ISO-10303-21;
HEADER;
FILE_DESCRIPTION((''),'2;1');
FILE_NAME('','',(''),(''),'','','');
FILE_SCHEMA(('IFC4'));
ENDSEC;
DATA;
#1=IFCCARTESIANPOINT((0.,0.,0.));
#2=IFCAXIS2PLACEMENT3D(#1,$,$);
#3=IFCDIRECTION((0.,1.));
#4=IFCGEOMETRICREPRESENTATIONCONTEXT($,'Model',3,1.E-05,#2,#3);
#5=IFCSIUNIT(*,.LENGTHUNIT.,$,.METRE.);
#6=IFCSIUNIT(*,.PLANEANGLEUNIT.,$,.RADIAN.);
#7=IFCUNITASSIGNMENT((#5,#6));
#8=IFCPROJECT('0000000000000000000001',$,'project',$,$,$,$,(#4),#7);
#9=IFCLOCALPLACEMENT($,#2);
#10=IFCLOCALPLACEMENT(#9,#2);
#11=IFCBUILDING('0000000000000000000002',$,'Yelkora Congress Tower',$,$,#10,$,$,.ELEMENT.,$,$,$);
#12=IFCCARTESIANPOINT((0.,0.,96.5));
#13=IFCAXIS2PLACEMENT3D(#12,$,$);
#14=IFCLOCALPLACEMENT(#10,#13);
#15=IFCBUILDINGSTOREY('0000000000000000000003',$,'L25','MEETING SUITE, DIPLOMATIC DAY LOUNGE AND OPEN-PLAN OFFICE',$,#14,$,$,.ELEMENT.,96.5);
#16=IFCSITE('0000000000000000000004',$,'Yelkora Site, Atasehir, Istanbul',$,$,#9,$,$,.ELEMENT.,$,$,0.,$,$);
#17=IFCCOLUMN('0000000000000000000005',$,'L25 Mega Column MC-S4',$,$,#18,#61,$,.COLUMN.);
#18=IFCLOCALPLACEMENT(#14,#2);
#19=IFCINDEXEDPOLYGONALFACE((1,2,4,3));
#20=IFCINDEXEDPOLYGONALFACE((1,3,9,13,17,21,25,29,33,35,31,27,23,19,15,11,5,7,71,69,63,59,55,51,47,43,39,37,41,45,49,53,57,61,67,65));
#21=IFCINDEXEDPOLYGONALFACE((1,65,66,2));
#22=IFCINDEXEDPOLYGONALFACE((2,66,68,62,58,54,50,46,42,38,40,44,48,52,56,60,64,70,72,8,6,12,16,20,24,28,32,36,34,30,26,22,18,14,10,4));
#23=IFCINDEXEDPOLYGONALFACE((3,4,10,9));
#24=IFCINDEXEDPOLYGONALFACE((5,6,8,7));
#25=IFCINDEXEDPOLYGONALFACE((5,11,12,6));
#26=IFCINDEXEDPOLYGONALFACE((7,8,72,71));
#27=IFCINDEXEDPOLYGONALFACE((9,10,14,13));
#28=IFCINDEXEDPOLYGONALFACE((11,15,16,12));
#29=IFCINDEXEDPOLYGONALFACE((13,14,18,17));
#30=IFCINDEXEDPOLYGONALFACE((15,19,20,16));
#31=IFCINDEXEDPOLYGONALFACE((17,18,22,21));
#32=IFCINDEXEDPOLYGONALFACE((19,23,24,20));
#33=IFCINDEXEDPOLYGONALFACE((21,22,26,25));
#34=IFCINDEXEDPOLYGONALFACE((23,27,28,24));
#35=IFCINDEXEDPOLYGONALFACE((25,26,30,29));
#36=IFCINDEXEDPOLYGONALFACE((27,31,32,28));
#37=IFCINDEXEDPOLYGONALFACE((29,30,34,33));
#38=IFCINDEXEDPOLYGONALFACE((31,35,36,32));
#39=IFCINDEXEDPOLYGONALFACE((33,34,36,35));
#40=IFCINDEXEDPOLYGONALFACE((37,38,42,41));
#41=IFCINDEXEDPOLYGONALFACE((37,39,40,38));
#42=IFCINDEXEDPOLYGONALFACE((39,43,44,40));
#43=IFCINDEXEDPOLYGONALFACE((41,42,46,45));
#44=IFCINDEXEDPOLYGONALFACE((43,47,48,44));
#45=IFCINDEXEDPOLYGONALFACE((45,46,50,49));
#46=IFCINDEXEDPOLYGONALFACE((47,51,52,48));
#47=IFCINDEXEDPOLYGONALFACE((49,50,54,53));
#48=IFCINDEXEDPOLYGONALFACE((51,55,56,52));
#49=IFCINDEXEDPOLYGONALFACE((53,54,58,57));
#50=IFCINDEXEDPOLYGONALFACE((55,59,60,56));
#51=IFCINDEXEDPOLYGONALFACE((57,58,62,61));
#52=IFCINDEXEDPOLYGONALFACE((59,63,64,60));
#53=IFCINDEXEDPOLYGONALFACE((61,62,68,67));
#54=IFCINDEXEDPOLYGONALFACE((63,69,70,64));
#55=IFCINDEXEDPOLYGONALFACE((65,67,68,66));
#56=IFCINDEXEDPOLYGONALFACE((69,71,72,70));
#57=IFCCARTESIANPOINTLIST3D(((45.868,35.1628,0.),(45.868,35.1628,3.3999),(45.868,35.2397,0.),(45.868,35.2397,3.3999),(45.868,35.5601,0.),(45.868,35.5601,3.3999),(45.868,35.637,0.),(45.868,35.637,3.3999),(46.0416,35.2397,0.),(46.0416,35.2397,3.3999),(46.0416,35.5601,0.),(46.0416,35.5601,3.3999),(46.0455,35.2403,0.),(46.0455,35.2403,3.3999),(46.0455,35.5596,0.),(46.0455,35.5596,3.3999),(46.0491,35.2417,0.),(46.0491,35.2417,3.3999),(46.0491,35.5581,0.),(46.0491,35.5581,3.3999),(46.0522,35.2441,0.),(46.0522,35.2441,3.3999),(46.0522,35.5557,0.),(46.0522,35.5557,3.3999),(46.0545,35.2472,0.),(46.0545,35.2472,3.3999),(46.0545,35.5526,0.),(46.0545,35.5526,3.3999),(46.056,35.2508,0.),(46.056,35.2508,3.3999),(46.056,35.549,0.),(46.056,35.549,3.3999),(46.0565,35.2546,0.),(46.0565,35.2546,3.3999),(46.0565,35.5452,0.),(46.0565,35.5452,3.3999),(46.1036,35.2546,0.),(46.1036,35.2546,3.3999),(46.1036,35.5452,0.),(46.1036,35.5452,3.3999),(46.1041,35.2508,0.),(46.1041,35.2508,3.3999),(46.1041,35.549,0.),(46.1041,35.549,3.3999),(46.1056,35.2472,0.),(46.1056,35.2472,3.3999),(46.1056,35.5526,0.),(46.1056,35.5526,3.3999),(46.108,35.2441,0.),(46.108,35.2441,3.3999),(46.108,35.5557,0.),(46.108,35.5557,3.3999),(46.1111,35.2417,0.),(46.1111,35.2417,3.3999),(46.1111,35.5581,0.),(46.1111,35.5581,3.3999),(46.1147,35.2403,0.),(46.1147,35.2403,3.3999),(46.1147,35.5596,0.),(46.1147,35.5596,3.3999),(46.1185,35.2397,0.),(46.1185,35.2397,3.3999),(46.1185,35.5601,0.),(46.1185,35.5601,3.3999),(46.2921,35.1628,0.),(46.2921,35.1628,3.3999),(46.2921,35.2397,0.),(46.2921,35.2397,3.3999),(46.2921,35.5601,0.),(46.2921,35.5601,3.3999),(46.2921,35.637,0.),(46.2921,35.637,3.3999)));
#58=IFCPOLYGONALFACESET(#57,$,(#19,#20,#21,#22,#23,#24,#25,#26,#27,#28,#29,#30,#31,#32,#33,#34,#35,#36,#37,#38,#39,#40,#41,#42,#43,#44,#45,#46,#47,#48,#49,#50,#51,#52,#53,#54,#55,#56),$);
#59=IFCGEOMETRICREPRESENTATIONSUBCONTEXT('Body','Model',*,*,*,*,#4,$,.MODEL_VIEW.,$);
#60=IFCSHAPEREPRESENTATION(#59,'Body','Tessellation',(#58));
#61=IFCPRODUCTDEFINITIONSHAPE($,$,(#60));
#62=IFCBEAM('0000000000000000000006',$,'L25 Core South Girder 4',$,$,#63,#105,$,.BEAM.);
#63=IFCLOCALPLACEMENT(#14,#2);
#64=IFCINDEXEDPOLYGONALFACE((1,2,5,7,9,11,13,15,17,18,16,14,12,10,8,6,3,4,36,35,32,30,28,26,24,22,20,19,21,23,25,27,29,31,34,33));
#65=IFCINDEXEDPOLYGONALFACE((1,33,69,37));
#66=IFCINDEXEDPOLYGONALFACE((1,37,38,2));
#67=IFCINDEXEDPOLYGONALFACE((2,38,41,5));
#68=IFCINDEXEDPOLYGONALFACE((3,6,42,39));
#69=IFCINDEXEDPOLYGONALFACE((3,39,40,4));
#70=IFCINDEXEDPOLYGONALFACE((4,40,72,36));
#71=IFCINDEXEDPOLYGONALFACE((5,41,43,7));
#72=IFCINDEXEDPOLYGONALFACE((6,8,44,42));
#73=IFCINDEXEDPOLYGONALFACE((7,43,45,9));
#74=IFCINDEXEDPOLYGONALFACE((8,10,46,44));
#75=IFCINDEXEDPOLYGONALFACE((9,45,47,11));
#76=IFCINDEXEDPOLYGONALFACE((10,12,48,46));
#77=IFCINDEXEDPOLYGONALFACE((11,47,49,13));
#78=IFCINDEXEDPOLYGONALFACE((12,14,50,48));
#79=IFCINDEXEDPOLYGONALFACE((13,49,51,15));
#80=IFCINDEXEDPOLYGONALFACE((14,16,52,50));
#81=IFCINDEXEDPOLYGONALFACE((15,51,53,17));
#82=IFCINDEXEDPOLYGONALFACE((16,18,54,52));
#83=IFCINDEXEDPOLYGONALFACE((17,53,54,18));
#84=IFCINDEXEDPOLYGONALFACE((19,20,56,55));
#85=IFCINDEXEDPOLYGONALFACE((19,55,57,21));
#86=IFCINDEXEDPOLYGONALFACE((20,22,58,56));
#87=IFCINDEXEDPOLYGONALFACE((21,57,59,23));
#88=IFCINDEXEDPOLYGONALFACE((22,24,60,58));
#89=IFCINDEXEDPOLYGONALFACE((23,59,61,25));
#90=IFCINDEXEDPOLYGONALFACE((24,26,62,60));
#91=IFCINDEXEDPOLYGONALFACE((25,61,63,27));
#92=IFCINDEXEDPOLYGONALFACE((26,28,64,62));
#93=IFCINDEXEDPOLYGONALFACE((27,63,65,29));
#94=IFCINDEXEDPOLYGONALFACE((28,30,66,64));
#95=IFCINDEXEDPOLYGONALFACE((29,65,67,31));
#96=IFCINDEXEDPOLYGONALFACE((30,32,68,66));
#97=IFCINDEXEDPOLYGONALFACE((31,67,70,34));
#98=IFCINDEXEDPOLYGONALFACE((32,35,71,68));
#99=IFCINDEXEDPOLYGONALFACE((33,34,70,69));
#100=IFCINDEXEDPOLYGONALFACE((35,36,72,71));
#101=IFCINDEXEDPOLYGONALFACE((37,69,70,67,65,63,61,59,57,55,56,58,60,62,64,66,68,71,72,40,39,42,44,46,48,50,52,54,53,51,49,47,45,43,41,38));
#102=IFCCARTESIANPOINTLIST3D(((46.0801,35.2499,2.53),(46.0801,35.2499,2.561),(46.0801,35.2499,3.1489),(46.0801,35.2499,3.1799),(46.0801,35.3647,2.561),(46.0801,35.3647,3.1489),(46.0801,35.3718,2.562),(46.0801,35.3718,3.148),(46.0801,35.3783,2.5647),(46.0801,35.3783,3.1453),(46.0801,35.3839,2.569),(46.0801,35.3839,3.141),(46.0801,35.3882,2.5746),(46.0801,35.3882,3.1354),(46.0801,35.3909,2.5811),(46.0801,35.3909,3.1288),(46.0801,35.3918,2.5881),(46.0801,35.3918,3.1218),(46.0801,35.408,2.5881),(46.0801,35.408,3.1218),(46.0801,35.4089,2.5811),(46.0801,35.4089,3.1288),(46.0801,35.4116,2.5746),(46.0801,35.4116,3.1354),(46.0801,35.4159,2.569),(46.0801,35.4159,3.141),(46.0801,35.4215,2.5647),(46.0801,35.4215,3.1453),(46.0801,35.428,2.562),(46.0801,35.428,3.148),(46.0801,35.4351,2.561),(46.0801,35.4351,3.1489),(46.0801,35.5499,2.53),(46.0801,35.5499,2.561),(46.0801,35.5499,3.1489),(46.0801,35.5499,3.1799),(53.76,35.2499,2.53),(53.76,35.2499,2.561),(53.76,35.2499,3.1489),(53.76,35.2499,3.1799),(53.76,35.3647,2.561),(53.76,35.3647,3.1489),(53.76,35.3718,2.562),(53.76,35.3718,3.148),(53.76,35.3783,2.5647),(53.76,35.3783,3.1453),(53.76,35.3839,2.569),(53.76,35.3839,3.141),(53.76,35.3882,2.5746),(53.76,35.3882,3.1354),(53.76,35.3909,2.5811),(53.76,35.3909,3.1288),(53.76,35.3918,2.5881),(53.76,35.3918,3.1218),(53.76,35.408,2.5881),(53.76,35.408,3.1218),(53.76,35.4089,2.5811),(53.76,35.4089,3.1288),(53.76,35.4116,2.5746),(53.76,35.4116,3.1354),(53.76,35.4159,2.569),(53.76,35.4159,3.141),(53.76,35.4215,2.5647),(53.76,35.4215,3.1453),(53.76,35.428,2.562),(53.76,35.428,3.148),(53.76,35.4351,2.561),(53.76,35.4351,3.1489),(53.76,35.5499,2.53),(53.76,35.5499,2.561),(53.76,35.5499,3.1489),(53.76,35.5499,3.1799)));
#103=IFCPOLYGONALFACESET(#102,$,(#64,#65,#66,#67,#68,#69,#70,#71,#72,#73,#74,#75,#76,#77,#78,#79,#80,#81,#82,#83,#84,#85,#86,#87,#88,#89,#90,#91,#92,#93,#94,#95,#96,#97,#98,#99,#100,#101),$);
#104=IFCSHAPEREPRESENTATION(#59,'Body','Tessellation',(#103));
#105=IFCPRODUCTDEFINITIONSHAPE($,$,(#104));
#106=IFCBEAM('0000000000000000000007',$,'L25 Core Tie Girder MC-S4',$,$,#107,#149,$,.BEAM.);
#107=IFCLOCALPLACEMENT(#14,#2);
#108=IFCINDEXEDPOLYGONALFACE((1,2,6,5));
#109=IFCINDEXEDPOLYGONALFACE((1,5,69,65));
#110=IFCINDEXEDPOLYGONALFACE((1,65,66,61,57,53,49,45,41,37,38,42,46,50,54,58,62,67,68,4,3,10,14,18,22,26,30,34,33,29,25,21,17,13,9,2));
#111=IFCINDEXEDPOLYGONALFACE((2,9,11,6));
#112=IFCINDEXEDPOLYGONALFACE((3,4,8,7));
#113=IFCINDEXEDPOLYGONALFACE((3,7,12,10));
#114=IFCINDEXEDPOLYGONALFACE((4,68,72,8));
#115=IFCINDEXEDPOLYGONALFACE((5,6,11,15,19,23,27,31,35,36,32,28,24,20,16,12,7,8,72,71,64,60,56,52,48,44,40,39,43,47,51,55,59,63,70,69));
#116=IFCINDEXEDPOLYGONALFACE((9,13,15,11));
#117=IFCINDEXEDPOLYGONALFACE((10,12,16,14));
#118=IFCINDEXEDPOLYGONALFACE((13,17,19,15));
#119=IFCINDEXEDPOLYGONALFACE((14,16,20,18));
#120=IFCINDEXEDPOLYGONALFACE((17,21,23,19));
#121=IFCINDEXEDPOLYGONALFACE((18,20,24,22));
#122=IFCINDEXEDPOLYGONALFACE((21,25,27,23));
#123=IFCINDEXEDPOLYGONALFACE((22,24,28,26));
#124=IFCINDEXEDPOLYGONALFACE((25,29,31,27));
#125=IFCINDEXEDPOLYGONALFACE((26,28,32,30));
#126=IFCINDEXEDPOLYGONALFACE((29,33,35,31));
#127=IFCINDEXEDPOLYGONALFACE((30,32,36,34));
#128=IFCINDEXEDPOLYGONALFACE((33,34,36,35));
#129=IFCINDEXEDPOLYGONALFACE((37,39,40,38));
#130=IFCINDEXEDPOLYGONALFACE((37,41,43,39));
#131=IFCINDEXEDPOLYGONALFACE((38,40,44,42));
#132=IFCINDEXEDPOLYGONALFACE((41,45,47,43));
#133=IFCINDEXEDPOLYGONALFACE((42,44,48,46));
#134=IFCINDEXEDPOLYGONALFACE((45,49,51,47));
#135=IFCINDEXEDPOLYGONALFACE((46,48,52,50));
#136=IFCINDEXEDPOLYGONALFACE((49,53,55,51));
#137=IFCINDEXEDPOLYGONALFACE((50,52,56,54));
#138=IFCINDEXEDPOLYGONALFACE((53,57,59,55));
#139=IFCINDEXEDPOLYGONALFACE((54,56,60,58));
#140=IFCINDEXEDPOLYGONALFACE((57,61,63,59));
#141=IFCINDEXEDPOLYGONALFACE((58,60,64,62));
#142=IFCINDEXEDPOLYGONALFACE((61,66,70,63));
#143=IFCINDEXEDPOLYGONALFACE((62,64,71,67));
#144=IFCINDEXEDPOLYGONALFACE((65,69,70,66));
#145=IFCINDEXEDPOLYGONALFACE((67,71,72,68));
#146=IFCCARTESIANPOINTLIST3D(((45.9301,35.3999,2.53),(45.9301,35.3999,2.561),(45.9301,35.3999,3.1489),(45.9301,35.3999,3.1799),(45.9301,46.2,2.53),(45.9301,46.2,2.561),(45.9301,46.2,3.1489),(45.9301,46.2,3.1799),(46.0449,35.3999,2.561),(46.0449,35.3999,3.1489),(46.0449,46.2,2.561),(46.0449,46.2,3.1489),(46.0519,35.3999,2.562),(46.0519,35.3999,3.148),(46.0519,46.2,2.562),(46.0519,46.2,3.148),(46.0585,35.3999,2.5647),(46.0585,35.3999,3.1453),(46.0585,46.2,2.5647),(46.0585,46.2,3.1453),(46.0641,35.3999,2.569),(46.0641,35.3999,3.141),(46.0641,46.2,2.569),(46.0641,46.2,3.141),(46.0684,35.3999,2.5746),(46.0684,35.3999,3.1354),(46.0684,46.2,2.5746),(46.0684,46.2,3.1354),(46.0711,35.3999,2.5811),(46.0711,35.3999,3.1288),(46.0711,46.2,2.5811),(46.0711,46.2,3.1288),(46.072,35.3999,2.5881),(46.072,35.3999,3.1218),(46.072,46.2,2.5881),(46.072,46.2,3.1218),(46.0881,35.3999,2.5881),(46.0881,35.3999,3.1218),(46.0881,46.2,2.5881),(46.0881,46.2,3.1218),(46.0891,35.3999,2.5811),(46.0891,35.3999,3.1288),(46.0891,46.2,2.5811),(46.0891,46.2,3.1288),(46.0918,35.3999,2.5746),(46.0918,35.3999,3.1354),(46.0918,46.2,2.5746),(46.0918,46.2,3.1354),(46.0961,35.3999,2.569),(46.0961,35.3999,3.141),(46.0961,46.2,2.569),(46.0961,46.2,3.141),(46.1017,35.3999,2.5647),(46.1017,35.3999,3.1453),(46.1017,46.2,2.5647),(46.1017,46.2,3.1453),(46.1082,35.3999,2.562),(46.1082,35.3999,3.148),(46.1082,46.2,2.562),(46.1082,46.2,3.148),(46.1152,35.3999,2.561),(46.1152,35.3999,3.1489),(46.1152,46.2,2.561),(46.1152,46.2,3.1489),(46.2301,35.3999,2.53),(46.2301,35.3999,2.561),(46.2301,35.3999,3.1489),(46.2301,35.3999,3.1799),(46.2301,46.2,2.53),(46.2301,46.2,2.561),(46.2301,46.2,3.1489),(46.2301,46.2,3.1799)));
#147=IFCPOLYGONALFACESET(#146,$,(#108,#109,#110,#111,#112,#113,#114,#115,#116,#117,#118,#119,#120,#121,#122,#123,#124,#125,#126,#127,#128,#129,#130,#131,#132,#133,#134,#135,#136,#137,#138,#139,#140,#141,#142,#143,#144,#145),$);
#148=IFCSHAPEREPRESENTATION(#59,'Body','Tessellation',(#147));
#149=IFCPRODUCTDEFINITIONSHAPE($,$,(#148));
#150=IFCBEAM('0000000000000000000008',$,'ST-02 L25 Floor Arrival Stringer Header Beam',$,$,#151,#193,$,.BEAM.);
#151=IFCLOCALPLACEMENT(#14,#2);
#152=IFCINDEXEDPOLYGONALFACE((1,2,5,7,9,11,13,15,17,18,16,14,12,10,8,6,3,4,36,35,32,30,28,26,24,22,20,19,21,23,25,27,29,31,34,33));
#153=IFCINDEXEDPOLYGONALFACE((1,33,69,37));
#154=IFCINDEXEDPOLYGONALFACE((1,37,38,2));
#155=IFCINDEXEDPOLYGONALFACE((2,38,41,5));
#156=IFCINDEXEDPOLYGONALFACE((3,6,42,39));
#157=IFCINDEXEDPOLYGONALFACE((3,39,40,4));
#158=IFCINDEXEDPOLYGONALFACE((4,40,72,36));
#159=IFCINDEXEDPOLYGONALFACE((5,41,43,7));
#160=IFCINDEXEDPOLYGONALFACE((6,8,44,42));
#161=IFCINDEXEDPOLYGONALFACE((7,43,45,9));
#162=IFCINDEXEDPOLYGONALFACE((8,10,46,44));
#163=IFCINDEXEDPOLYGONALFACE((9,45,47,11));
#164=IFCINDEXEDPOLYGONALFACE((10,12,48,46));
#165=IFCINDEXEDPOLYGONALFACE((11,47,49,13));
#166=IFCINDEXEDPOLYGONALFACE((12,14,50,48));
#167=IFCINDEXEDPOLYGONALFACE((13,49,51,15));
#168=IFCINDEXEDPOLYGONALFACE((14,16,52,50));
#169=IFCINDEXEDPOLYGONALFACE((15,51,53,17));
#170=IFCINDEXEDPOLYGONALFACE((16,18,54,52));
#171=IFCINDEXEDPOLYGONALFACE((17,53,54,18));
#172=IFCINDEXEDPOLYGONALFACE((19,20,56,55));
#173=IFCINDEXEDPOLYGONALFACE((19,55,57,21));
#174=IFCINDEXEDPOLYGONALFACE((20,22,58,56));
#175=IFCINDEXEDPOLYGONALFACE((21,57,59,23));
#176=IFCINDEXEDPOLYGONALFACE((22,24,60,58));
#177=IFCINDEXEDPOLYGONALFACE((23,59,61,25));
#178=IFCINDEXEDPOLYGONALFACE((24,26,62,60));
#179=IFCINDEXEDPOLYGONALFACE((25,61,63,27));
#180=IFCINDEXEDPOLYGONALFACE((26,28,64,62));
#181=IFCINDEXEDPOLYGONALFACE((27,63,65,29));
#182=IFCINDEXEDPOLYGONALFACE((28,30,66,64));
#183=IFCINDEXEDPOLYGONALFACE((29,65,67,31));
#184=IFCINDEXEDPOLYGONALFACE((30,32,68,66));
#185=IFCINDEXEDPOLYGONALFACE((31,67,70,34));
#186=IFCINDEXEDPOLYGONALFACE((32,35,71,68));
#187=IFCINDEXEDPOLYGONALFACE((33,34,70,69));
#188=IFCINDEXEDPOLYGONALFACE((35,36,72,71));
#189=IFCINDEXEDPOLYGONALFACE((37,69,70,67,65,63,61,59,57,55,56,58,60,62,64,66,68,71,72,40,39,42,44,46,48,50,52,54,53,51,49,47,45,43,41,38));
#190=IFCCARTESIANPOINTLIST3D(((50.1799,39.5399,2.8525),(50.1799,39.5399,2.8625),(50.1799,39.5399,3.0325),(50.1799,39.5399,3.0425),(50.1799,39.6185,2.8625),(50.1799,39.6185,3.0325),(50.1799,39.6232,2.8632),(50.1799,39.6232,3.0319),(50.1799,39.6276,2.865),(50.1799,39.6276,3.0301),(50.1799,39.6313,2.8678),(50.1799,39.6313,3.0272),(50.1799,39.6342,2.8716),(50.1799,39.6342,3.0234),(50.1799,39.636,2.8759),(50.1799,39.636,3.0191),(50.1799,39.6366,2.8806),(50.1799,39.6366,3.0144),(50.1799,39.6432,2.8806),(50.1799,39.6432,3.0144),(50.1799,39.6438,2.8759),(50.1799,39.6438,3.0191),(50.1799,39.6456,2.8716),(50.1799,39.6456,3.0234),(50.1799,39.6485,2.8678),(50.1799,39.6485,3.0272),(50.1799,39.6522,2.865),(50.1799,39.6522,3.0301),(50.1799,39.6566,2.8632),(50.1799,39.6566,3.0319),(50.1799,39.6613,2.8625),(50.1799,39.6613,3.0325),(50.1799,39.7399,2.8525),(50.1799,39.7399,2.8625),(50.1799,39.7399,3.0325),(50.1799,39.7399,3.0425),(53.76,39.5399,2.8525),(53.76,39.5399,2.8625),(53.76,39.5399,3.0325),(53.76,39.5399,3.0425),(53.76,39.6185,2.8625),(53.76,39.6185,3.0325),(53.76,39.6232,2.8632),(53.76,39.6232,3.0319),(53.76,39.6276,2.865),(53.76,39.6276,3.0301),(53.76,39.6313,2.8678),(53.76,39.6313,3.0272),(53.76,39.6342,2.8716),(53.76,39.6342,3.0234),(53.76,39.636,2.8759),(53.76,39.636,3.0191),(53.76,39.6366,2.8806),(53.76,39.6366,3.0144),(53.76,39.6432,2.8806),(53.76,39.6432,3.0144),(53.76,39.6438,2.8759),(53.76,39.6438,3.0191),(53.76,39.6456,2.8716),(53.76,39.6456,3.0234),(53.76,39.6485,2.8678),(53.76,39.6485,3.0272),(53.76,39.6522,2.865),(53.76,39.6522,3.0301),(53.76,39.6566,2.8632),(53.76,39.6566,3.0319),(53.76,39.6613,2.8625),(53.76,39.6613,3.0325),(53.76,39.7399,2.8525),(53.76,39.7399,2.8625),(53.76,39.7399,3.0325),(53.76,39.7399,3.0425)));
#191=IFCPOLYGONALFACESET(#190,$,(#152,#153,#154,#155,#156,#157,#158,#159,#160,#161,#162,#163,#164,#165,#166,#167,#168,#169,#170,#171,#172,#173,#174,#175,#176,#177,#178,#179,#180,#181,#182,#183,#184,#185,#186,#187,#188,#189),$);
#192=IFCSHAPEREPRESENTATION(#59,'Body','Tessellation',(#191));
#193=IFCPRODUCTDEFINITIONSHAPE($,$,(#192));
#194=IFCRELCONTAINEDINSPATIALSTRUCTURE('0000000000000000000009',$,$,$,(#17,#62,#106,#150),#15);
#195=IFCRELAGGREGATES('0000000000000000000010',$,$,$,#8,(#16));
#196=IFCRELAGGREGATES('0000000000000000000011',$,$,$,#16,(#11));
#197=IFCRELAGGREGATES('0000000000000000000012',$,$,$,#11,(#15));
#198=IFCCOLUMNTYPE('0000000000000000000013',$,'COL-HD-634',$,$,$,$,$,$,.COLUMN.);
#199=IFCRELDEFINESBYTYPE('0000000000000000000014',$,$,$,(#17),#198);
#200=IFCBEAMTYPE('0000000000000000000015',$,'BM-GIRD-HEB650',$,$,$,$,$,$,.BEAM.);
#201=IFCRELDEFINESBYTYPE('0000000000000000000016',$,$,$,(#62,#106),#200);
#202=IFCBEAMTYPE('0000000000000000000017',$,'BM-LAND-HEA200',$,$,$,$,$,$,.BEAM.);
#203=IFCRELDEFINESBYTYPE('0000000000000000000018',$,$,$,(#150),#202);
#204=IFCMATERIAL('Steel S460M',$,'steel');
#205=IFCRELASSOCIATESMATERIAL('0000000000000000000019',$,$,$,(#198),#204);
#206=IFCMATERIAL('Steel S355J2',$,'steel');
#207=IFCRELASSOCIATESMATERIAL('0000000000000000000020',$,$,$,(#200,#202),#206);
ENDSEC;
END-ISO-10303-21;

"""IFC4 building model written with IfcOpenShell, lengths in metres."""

from ifc_helpers import new_model, si_unit, direction, frame, origin, origin_2d, place, context, subcontext, project, spatial, i_section, extrude, material, material_profile, profile_set, type_object, element, save


model = new_model("IFC4")

# Units and contexts
model_context = context("Model", 3, precision=1e-05, world=origin(), true_north=direction((0.0, 1.0)))
body_context = subcontext(model_context, "Body", "Model", "MODEL_VIEW")
ifc_project = project(units=[si_unit("LENGTHUNIT", "METRE"), si_unit("PLANEANGLEUNIT", "RADIAN")], contexts=[model_context])

# Site, building, storey
site_placement = place(None, origin())
site = spatial("IfcSite", under=ifc_project, at=site_placement, Name="Yelkora Site, Atasehir, Istanbul", CompositionType="ELEMENT", RefElevation=0.0)
building_placement = place(site_placement, origin())
building = spatial("IfcBuilding", under=site, at=building_placement, Name="Yelkora Congress Tower", CompositionType="ELEMENT")
storey_placement = place(building_placement, frame((0.0, 0.0, 96.5)))
storey = spatial("IfcBuildingStorey", under=building, at=storey_placement, Name="L25", Description="MEETING SUITE, DIPLOMATIC DAY LOUNGE AND OPEN-PLAN OFFICE", CompositionType="ELEMENT", Elevation=96.5)

# Column
ifc_material_1 = material(Name="Steel S460M", Category="steel")
ifc_material_profile_1 = material_profile(ifc_material_1, i_section(OverallWidth=0.4241, OverallDepth=0.4741, WebThickness=0.0471, FlangeThickness=0.0769, FilletRadius=0.0149, at=origin_2d()), Name="HD 400x634")
ifc_profile_set_1 = profile_set([ifc_material_profile_1], Name="Steel S460M")
column_type = type_object("IfcColumnType", Name="COL-HD-634", PredefinedType="COLUMN", material=ifc_profile_set_1)
column_placement = place(storey_placement, frame((46.0801, 35.3999, 0.0), z_axis=(0.0, 0.0, 1.0), x_axis=(1.0, 0.0, 0.0)))
element("IfcColumn", 1, at=column_placement, inside=storey, type_object=column_type, Name="L25 Mega Column MC-S4", PredefinedType="COLUMN", context=body_context, shape_type="SweptSolid", body=[
    extrude(i_section(OverallWidth=0.4241, OverallDepth=0.4741, WebThickness=0.0471, FlangeThickness=0.0769, FilletRadius=0.0149, at=origin_2d()), origin(), (0.0, 0.0, 1.0), 3.3999),
])

# Beams
ifc_material_2 = material(Name="Steel S355J2", Category="steel")
ifc_material_profile_2 = material_profile(ifc_material_2, i_section(OverallWidth=0.3, OverallDepth=0.6499, WebThickness=0.0161, FlangeThickness=0.031, FilletRadius=0.0271, at=origin_2d()), Name="HEB 650")
ifc_profile_set_2 = profile_set([ifc_material_profile_2], Name="Steel S355J2")
beam_type_1 = type_object("IfcBeamType", Name="BM-GIRD-HEB650", PredefinedType="BEAM", material=ifc_profile_set_2)
beam_1_placement = place(storey_placement, frame((46.0801, 35.3999, 2.855), z_axis=(1.0, 0.0, 0.0), x_axis=(0.0, 1.0, 0.0)))
element("IfcBeam", 2, at=beam_1_placement, inside=storey, type_object=beam_type_1, Name="L25 Core South Girder 4", PredefinedType="BEAM", context=body_context, shape_type="SweptSolid", body=[
    extrude(i_section(OverallWidth=0.3, OverallDepth=0.6499, WebThickness=0.0161, FlangeThickness=0.031, FilletRadius=0.0271, at=origin_2d()), origin(), (0.0, 0.0, 1.0), 7.6799),
])
beam_2_placement = place(storey_placement, frame((46.0801, 35.3999, 2.855), z_axis=(0.0, 1.0, 0.0), x_axis=(-1.0, 0.0, 0.0)))
element("IfcBeam", 3, at=beam_2_placement, inside=storey, type_object=beam_type_1, Name="L25 Core Tie Girder MC-S4", PredefinedType="BEAM", context=body_context, shape_type="SweptSolid", body=[
    extrude(i_section(OverallWidth=0.3, OverallDepth=0.6499, WebThickness=0.0161, FlangeThickness=0.031, FilletRadius=0.0271, at=origin_2d()), origin(), (0.0, 0.0, 1.0), 10.8),
])
ifc_material_profile_3 = material_profile(ifc_material_2, i_section(OverallWidth=0.2, OverallDepth=0.1899, WebThickness=0.0066, FlangeThickness=0.01, FilletRadius=0.0181, at=origin_2d()), Name="HEA 200")
ifc_profile_set_3 = profile_set([ifc_material_profile_3], Name="Steel S355J2")
beam_type_2 = type_object("IfcBeamType", Name="BM-LAND-HEA200", PredefinedType="BEAM", material=ifc_profile_set_3)
beam_3_placement = place(storey_placement, frame((50.1799, 39.6399, 2.9475), z_axis=(1.0, 0.0, 0.0), x_axis=(0.0, 1.0, 0.0)))
element("IfcBeam", 4, at=beam_3_placement, inside=storey, type_object=beam_type_2, Name="ST-02 L25 Floor Arrival Stringer Header Beam", PredefinedType="BEAM", context=body_context, shape_type="SweptSolid", body=[
    extrude(i_section(OverallWidth=0.2, OverallDepth=0.1899, WebThickness=0.0066, FlangeThickness=0.01, FilletRadius=0.0181, at=origin_2d()), origin(), (0.0, 0.0, 1.0), 3.5801),
])

save(model, "model.ifc")
